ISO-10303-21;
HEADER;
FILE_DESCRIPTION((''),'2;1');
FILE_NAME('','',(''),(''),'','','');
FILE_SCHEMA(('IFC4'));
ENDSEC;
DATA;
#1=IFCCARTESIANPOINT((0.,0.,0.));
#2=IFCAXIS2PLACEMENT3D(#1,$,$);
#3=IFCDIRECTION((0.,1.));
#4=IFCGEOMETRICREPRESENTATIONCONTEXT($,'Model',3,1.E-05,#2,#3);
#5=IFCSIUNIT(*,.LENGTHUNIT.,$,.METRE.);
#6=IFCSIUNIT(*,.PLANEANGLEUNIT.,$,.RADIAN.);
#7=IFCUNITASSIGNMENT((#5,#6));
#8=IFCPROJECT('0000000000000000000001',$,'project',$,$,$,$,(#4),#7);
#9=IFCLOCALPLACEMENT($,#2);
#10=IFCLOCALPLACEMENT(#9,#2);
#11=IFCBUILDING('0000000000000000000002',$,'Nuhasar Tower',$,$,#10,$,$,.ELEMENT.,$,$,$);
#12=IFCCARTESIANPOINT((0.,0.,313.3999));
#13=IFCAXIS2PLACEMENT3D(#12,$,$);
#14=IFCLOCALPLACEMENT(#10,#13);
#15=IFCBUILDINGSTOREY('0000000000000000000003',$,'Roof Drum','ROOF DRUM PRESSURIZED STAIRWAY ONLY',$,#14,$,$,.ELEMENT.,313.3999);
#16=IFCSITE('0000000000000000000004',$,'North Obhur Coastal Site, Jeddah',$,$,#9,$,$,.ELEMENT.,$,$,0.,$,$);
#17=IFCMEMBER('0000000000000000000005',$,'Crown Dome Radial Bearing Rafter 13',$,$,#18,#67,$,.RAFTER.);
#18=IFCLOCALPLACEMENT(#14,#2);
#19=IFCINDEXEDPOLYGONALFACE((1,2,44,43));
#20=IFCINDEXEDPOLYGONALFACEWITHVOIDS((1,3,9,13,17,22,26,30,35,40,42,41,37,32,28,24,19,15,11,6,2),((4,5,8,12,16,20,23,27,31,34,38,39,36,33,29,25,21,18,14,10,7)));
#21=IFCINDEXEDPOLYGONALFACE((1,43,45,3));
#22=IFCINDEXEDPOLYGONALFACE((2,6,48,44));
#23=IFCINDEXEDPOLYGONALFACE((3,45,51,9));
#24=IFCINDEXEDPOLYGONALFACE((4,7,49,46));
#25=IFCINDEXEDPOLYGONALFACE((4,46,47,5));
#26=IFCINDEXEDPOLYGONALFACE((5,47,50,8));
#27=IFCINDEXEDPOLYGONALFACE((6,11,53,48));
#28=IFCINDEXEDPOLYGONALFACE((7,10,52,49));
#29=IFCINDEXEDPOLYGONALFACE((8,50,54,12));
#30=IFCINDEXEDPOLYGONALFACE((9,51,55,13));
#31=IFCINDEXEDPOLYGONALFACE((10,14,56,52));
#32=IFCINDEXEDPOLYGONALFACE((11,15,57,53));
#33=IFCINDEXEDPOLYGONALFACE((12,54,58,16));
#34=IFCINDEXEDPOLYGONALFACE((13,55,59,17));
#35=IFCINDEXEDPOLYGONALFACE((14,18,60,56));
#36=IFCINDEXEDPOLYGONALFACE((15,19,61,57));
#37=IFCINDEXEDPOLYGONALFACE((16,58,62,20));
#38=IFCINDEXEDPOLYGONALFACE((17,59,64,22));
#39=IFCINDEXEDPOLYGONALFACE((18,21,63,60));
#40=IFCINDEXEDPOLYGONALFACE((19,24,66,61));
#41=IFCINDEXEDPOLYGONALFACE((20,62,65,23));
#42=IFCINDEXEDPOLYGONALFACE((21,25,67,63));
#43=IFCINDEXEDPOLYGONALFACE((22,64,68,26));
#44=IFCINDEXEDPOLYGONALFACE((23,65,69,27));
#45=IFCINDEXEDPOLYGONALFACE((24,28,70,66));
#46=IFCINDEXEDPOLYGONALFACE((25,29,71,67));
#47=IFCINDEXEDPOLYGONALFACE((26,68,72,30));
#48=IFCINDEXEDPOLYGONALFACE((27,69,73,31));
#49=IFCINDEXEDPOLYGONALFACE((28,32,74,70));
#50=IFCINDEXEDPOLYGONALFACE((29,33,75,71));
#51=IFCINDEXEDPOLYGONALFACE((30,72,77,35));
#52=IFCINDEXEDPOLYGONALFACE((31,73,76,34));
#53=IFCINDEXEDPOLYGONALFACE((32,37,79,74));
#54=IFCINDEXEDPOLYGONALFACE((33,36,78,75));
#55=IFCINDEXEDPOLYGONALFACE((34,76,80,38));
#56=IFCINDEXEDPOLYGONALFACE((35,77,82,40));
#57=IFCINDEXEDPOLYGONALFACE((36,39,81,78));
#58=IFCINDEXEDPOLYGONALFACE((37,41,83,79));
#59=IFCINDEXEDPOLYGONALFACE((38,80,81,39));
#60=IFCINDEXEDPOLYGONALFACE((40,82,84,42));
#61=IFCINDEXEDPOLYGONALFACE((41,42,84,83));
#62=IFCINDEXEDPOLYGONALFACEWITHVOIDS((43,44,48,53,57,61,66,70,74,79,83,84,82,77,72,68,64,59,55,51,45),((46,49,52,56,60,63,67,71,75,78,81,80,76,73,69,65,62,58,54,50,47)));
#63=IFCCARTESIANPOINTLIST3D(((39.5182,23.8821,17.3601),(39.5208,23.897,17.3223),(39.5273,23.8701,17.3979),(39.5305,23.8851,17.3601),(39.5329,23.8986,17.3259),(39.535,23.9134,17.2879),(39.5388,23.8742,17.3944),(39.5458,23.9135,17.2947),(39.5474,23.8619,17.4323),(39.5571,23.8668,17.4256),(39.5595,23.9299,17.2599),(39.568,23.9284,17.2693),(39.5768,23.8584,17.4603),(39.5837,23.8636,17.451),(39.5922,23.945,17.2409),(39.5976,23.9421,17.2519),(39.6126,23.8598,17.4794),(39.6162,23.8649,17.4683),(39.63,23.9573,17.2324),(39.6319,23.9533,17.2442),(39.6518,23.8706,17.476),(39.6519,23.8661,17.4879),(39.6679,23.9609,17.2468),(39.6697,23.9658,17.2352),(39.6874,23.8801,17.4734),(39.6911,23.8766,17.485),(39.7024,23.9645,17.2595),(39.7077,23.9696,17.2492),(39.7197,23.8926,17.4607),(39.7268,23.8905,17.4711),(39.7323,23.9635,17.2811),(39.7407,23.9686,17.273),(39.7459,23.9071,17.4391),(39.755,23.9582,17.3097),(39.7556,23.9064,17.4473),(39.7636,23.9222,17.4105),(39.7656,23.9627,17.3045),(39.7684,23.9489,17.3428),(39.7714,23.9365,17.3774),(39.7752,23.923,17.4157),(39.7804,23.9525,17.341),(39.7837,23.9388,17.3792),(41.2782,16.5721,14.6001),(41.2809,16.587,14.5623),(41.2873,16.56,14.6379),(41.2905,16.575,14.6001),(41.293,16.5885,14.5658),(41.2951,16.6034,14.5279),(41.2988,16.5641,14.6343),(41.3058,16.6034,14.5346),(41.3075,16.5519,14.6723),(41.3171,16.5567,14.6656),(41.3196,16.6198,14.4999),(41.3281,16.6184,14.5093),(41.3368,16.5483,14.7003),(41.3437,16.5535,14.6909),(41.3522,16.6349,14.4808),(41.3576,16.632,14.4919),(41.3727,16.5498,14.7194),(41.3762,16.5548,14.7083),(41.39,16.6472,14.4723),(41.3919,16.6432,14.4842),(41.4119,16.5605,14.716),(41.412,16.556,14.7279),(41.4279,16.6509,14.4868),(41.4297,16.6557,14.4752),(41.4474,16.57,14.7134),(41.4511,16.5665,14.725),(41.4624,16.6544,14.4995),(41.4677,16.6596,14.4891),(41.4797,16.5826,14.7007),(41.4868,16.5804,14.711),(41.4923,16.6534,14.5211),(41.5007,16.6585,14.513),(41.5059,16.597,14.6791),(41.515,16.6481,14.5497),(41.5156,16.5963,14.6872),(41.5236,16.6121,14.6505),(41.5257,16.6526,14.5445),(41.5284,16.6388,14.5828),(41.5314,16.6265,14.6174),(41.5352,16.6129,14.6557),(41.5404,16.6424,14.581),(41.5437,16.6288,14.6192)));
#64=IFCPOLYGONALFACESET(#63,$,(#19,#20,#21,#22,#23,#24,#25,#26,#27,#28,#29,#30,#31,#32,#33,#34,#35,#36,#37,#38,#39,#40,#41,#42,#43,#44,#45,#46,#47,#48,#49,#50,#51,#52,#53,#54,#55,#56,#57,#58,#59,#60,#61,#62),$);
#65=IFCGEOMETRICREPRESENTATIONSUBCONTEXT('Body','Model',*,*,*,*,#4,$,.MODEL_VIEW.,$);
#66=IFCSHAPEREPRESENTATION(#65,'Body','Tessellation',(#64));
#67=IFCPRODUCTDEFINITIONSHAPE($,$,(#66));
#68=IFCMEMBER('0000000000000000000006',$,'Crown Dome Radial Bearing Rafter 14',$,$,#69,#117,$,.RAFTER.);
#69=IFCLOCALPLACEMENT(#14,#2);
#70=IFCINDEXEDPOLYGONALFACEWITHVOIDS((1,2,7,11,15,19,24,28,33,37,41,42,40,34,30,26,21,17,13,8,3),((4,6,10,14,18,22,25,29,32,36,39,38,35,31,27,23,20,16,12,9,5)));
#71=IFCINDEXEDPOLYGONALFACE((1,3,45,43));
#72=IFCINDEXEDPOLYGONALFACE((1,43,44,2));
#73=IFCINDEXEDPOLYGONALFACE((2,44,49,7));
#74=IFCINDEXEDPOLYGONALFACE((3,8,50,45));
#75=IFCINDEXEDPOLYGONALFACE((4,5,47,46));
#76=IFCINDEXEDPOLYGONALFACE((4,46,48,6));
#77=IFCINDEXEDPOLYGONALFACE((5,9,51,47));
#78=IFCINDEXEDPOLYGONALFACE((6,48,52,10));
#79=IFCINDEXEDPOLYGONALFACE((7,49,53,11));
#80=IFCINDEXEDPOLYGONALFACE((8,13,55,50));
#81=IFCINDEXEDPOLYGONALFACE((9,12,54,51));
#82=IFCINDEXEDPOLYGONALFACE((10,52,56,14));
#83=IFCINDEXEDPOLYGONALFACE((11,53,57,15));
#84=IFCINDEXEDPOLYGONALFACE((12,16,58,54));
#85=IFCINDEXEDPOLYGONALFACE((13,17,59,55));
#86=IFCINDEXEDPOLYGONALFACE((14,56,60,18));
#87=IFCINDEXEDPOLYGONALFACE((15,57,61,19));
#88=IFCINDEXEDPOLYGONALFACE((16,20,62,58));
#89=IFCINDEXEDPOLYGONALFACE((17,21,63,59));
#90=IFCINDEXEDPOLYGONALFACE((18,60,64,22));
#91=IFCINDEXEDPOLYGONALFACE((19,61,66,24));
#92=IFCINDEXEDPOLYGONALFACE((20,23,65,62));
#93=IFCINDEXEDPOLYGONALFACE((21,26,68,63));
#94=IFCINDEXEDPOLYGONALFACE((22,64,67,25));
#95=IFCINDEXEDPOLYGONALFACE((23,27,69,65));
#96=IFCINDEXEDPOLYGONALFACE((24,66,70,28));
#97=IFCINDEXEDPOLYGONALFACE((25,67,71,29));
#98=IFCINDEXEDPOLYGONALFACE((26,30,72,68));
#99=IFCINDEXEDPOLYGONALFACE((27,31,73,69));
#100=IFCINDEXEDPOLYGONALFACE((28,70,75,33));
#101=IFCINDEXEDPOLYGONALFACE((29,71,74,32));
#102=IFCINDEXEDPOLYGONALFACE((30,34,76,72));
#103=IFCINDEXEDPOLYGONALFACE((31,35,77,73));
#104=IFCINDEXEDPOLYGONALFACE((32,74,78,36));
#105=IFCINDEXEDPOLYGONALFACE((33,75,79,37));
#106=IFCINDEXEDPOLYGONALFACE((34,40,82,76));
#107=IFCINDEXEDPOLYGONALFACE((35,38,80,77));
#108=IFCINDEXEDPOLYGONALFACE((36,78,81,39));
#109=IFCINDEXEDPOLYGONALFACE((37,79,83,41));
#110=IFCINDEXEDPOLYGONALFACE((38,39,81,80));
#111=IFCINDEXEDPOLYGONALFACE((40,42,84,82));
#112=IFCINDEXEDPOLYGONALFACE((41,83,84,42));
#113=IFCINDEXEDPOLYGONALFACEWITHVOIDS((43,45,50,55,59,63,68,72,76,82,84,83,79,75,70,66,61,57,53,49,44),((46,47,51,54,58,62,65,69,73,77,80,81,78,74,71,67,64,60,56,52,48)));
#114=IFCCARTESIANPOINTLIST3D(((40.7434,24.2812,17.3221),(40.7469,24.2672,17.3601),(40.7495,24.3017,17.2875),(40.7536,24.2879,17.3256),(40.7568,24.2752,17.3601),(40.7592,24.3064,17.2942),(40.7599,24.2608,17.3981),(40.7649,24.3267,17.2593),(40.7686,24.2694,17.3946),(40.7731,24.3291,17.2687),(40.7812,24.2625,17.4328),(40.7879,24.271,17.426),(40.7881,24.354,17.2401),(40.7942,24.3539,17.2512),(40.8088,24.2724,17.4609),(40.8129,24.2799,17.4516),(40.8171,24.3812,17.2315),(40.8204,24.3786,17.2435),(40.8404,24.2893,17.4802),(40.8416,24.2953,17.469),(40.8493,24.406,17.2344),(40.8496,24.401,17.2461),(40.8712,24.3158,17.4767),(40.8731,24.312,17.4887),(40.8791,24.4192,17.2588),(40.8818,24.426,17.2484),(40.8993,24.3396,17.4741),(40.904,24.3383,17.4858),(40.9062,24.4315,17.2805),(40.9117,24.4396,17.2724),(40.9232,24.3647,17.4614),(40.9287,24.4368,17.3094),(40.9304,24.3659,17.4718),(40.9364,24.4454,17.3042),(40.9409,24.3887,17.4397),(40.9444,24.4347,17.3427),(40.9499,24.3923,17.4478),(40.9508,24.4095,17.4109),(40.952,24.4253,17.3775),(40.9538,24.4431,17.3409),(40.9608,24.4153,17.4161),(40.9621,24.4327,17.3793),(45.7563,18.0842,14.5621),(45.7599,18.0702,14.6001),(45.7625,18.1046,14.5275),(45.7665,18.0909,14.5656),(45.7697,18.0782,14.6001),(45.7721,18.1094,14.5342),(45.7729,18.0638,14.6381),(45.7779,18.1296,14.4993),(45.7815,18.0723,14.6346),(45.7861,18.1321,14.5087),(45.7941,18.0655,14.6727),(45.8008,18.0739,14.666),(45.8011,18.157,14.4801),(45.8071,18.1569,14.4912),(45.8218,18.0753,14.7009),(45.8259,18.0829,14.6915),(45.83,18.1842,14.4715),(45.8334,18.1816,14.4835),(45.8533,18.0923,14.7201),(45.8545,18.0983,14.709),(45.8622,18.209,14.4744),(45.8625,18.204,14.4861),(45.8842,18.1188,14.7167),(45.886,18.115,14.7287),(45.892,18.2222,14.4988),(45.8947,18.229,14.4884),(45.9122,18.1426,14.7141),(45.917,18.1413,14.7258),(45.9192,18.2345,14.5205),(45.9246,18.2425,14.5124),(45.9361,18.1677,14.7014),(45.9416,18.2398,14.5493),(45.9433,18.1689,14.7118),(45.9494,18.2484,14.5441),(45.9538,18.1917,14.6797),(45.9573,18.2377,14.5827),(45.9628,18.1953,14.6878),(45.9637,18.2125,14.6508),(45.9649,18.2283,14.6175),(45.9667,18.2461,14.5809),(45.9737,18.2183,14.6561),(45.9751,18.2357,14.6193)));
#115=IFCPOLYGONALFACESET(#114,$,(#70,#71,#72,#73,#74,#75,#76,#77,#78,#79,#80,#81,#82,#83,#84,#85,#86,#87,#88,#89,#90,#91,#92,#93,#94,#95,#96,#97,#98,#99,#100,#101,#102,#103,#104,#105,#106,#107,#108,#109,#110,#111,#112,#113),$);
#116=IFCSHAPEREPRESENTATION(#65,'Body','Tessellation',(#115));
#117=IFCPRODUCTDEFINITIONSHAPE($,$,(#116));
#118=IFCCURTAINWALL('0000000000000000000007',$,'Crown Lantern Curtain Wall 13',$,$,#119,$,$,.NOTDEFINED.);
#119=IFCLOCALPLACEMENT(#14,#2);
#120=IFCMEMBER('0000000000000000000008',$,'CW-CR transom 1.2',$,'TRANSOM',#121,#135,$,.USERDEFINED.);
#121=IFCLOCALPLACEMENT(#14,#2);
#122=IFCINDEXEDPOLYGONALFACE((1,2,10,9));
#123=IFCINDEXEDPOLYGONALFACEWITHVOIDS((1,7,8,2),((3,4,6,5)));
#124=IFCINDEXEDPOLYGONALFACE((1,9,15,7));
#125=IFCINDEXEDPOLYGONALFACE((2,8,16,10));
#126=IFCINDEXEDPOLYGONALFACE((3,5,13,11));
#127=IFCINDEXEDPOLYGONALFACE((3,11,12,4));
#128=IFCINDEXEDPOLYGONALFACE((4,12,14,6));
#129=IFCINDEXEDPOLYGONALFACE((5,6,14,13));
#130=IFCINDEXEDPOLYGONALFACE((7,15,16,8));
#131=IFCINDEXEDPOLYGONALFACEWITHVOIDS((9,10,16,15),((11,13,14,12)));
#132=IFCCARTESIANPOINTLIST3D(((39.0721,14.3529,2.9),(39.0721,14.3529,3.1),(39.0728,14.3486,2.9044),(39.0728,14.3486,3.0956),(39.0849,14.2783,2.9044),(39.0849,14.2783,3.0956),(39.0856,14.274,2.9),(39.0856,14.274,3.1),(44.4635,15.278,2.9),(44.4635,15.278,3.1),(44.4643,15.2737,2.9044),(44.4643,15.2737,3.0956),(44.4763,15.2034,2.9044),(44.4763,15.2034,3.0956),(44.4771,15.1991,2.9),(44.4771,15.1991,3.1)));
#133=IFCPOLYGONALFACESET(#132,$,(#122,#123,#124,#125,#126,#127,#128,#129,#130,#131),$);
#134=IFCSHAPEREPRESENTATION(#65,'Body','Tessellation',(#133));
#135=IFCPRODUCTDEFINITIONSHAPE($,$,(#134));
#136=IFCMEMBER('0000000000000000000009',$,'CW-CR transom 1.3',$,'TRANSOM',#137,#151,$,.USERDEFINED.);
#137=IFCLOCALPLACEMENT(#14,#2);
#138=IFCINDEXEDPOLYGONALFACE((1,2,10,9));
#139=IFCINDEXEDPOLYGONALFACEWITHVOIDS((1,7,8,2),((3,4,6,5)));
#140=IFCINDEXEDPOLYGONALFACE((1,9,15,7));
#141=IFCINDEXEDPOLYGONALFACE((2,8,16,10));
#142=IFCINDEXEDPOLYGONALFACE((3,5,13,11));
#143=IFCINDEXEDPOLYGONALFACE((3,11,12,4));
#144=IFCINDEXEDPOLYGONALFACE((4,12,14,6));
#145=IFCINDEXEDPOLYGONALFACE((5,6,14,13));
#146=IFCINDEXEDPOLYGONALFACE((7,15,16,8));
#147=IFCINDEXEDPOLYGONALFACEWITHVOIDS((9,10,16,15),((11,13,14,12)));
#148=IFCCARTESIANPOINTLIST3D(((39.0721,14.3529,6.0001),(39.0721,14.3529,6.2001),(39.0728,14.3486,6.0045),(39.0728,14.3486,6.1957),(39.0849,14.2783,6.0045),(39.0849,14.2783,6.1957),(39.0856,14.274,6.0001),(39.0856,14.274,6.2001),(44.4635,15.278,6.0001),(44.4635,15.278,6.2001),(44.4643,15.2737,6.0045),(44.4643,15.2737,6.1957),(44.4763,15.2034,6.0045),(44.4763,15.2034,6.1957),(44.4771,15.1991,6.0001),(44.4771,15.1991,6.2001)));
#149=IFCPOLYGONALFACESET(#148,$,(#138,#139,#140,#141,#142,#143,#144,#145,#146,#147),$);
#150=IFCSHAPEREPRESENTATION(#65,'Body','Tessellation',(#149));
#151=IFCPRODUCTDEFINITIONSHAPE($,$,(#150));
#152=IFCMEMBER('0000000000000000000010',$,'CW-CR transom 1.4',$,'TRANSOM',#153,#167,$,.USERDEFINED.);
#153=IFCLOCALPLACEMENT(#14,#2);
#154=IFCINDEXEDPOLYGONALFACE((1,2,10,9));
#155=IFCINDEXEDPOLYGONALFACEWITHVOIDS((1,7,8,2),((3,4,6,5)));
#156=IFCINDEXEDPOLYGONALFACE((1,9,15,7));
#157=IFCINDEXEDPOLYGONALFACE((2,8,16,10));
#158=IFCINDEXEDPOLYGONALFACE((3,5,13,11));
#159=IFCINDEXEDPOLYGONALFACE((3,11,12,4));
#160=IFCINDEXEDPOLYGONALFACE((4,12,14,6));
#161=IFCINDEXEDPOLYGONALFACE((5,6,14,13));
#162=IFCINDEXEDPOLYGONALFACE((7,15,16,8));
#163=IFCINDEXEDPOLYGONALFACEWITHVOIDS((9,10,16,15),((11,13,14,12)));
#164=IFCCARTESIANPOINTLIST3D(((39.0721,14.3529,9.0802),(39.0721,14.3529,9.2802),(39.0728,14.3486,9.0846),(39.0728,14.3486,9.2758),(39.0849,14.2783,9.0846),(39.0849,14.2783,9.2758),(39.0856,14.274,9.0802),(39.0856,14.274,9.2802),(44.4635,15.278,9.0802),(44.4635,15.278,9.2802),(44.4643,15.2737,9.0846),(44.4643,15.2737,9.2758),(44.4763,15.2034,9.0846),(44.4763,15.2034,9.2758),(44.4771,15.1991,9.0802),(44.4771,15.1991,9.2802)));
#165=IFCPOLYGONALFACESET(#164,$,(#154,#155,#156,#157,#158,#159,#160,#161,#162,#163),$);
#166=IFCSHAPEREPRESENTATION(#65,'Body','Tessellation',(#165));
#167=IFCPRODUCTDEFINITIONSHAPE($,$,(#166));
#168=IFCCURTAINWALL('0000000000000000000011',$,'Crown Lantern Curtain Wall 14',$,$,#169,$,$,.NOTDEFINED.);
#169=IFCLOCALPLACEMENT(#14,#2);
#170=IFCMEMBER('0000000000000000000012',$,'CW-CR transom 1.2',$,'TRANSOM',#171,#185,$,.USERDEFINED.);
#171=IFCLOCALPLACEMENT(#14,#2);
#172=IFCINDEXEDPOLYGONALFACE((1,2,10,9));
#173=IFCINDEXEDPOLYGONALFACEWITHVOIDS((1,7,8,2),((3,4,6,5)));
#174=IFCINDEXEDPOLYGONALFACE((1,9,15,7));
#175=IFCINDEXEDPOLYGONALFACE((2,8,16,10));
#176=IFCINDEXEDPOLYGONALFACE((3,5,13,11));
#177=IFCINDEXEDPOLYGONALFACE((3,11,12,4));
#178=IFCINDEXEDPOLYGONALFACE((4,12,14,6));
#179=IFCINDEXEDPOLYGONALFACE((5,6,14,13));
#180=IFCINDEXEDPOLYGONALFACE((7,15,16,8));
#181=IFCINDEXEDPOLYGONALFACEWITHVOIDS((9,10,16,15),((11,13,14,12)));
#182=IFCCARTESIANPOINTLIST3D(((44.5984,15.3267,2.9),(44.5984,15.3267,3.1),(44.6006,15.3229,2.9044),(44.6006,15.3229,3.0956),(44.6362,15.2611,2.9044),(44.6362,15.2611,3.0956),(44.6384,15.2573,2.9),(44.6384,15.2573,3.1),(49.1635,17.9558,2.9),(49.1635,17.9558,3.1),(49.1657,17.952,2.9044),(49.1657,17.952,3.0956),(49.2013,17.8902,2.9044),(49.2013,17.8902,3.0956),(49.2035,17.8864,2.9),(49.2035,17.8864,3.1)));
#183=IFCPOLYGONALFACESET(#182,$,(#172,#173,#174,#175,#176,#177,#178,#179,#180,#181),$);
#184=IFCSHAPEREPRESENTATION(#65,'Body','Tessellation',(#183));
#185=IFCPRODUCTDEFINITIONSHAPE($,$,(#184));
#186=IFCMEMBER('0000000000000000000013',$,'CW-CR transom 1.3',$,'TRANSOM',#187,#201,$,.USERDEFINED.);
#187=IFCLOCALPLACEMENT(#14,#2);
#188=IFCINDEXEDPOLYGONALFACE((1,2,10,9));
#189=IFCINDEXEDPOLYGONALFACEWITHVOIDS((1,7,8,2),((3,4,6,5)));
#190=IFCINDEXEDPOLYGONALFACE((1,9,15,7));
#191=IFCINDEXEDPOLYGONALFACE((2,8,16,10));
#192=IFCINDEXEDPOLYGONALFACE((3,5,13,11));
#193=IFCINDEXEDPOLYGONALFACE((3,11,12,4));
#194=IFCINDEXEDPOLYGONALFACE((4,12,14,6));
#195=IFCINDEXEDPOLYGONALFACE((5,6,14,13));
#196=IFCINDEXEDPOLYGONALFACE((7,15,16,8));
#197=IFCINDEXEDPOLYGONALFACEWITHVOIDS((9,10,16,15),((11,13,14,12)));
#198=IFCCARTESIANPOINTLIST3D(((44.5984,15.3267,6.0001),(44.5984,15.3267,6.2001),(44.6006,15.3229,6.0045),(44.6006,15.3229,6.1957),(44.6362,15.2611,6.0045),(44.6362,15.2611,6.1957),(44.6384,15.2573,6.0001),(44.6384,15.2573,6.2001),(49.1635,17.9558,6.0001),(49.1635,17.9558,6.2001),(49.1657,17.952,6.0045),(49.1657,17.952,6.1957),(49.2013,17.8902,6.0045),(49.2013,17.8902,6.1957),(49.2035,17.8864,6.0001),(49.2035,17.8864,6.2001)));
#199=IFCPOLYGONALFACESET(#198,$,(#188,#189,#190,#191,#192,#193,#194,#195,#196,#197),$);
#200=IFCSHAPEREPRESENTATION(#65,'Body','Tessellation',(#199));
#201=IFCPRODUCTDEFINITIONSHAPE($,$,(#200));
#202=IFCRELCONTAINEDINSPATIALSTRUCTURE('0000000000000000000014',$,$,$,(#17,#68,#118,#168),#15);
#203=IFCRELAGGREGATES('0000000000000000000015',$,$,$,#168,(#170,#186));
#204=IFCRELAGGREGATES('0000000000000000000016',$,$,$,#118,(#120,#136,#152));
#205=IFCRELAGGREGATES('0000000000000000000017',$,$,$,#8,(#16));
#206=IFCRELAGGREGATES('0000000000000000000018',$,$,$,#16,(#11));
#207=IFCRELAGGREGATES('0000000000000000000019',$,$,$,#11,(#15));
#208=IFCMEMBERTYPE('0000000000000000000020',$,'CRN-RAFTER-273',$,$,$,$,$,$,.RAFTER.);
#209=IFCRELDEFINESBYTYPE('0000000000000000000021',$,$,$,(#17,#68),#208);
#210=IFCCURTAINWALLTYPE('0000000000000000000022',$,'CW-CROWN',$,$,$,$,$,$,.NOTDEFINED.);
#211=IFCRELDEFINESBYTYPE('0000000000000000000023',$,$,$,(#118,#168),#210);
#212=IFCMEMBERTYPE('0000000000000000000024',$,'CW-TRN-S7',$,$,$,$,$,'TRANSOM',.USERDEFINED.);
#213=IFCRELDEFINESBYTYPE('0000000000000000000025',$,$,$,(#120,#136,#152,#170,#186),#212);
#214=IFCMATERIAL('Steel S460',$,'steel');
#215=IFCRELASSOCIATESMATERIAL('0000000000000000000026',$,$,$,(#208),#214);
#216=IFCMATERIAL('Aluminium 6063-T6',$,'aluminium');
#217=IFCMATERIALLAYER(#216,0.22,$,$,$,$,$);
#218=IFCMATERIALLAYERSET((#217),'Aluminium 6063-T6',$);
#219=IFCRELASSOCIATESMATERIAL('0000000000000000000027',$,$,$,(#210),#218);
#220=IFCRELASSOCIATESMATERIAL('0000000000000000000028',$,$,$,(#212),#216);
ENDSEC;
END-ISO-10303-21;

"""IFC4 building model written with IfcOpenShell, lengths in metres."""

from ifc_helpers import new_model, si_unit, direction, frame, origin, origin_2d, place, context, subcontext, project, spatial, hollow_rectangle, hollow_circle, extrude, material, layer, layer_set, material_profile, profile_set, type_object, element, aggregate, save


model = new_model("IFC4")

# Units and contexts
model_context = context("Model", 3, precision=1e-05, world=origin(), true_north=direction((0.0, 1.0)))
body_context = subcontext(model_context, "Body", "Model", "MODEL_VIEW")
ifc_project = project(units=[si_unit("LENGTHUNIT", "METRE"), si_unit("PLANEANGLEUNIT", "RADIAN")], contexts=[model_context])

# Site, building, storey
site_placement = place(None, origin())
site = spatial("IfcSite", under=ifc_project, at=site_placement, Name="North Obhur Coastal Site, Jeddah", CompositionType="ELEMENT", RefElevation=0.0)
building_placement = place(site_placement, origin())
building = spatial("IfcBuilding", under=site, at=building_placement, Name="Nuhasar Tower", CompositionType="ELEMENT")
storey_placement = place(building_placement, frame((0.0, 0.0, 313.3999)))
storey = spatial("IfcBuildingStorey", under=building, at=storey_placement, Name="Roof Drum", Description="ROOF DRUM PRESSURIZED STAIRWAY ONLY", CompositionType="ELEMENT", Elevation=313.3999)

# Shared definitions
ifc_material_1 = material(Name="Steel S460", Category="steel")

# Members
ifc_material_profile_1 = material_profile(ifc_material_1, hollow_circle(Radius=0.1365, WallThickness=0.0127, at=origin_2d()), Name="HSS273.1X12.7")
ifc_profile_set_1 = profile_set([ifc_material_profile_1], Name="Steel S460")
member_type_1 = type_object("IfcMemberType", Name="CRN-RAFTER-273", PredefinedType="RAFTER", material=ifc_profile_set_1)
member_1_placement = place(storey_placement, frame((41.4109, 16.604, 14.6001), z_axis=(-0.21974, 0.912672, 0.344592), x_axis=(-0.972218, -0.234077, 0.0)))
element("IfcMember", 1, at=member_1_placement, inside=storey, type_object=member_type_1, Name="Crown Dome Radial Bearing Rafter 13", PredefinedType="RAFTER", context=body_context, shape_type="SweptSolid", body=[
    extrude(hollow_circle(Radius=0.1365, WallThickness=0.0127, at=origin_2d()), origin(), (0.0, 0.0, 1.0), 8.0095),
])
member_2_placement = place(storey_placement, frame((45.866, 18.156, 14.6001), z_axis=(-0.594298, 0.734674, 0.327207), x_axis=(-0.777472, -0.628918, 0.0)))
element("IfcMember", 2, at=member_2_placement, inside=storey, type_object=member_type_1, Name="Crown Dome Radial Bearing Rafter 14", PredefinedType="RAFTER", context=body_context, shape_type="SweptSolid", body=[
    extrude(hollow_circle(Radius=0.1365, WallThickness=0.0127, at=origin_2d()), origin(), (0.0, 0.0, 1.0), 8.4351),
])

# Curtain walls, members
ifc_material_2 = material(Name="Aluminium 6063-T6", Category="aluminium")
ifc_layer_1 = layer(ifc_material_2, 0.22)
ifc_layer_set_1 = layer_set([ifc_layer_1], Name="Aluminium 6063-T6")
curtain_wall_type = type_object("IfcCurtainWallType", Name="CW-CROWN", PredefinedType="NOTDEFINED", material=ifc_layer_set_1)
curtain_wall_1_placement = place(storey_placement, origin())
curtain_wall_1 = element("IfcCurtainWall", 3, at=curtain_wall_1_placement, inside=storey, type_object=curtain_wall_type, Name="Crown Lantern Curtain Wall 13", PredefinedType="NOTDEFINED")
ifc_material_profile_2 = material_profile(ifc_material_2, hollow_rectangle(XDim=0.0801, YDim=0.2, WallThickness=0.0044, at=origin_2d()), Name="CWT-7")
ifc_profile_set_2 = profile_set([ifc_material_profile_2], Name="Aluminium 6063-T6")
member_type_2 = type_object("IfcMemberType", Name="CW-TRN-S7", ElementType="TRANSOM", PredefinedType="USERDEFINED", material=ifc_profile_set_2)
member_3_placement = place(storey_placement, frame((39.0789, 14.3135, 3.0), z_axis=(0.985597, 0.169109, 0.0), x_axis=(-0.169109, 0.985597, 0.0)))
member_3 = element("IfcMember", 4, at=member_3_placement, type_object=member_type_2, Name="CW-CR transom 1.2", ObjectType="TRANSOM", PredefinedType="USERDEFINED", context=body_context, shape_type="SweptSolid", body=[
    extrude(hollow_rectangle(XDim=0.0801, YDim=0.2, WallThickness=0.0044, at=origin_2d()), origin(), (0.0, 0.0, 1.0), 5.4702),
])
member_4_placement = place(storey_placement, frame((39.0789, 14.3135, 6.1001), z_axis=(0.985597, 0.169109, 0.0), x_axis=(-0.169109, 0.985597, 0.0)))
member_4 = element("IfcMember", 5, at=member_4_placement, type_object=member_type_2, Name="CW-CR transom 1.3", ObjectType="TRANSOM", PredefinedType="USERDEFINED", context=body_context, shape_type="SweptSolid", body=[
    extrude(hollow_rectangle(XDim=0.0801, YDim=0.2, WallThickness=0.0044, at=origin_2d()), origin(), (0.0, 0.0, 1.0), 5.4702),
])
member_5_placement = place(storey_placement, frame((39.0789, 14.3135, 9.1802), z_axis=(0.985597, 0.169109, 0.0), x_axis=(-0.169109, 0.985597, 0.0)))
member_5 = element("IfcMember", 6, at=member_5_placement, type_object=member_type_2, Name="CW-CR transom 1.4", ObjectType="TRANSOM", PredefinedType="USERDEFINED", context=body_context, shape_type="SweptSolid", body=[
    extrude(hollow_rectangle(XDim=0.0801, YDim=0.2, WallThickness=0.0044, at=origin_2d()), origin(), (0.0, 0.0, 1.0), 5.4702),
])
curtain_wall_2_placement = place(storey_placement, origin())
curtain_wall_2 = element("IfcCurtainWall", 7, at=curtain_wall_2_placement, inside=storey, type_object=curtain_wall_type, Name="Crown Lantern Curtain Wall 14", PredefinedType="NOTDEFINED")
member_6_placement = place(storey_placement, frame((44.6184, 15.292, 3.0), z_axis=(0.866564, 0.499066, 0.0), x_axis=(-0.499066, 0.866564, 0.0)))
member_6 = element("IfcMember", 8, at=member_6_placement, type_object=member_type_2, Name="CW-CR transom 1.2", ObjectType="TRANSOM", PredefinedType="USERDEFINED", context=body_context, shape_type="SweptSolid", body=[
    extrude(hollow_rectangle(XDim=0.0801, YDim=0.2, WallThickness=0.0044, at=origin_2d()), origin(), (0.0, 0.0, 1.0), 5.2681),
])
member_7_placement = place(storey_placement, frame((44.6184, 15.292, 6.1001), z_axis=(0.866564, 0.499066, 0.0), x_axis=(-0.499066, 0.866564, 0.0)))
member_7 = element("IfcMember", 9, at=member_7_placement, type_object=member_type_2, Name="CW-CR transom 1.3", ObjectType="TRANSOM", PredefinedType="USERDEFINED", context=body_context, shape_type="SweptSolid", body=[
    extrude(hollow_rectangle(XDim=0.0801, YDim=0.2, WallThickness=0.0044, at=origin_2d()), origin(), (0.0, 0.0, 1.0), 5.2681),
])
aggregate(curtain_wall_2, [member_6, member_7])

aggregate(curtain_wall_1, [member_3, member_4, member_5])

save(model, "model.ifc")
